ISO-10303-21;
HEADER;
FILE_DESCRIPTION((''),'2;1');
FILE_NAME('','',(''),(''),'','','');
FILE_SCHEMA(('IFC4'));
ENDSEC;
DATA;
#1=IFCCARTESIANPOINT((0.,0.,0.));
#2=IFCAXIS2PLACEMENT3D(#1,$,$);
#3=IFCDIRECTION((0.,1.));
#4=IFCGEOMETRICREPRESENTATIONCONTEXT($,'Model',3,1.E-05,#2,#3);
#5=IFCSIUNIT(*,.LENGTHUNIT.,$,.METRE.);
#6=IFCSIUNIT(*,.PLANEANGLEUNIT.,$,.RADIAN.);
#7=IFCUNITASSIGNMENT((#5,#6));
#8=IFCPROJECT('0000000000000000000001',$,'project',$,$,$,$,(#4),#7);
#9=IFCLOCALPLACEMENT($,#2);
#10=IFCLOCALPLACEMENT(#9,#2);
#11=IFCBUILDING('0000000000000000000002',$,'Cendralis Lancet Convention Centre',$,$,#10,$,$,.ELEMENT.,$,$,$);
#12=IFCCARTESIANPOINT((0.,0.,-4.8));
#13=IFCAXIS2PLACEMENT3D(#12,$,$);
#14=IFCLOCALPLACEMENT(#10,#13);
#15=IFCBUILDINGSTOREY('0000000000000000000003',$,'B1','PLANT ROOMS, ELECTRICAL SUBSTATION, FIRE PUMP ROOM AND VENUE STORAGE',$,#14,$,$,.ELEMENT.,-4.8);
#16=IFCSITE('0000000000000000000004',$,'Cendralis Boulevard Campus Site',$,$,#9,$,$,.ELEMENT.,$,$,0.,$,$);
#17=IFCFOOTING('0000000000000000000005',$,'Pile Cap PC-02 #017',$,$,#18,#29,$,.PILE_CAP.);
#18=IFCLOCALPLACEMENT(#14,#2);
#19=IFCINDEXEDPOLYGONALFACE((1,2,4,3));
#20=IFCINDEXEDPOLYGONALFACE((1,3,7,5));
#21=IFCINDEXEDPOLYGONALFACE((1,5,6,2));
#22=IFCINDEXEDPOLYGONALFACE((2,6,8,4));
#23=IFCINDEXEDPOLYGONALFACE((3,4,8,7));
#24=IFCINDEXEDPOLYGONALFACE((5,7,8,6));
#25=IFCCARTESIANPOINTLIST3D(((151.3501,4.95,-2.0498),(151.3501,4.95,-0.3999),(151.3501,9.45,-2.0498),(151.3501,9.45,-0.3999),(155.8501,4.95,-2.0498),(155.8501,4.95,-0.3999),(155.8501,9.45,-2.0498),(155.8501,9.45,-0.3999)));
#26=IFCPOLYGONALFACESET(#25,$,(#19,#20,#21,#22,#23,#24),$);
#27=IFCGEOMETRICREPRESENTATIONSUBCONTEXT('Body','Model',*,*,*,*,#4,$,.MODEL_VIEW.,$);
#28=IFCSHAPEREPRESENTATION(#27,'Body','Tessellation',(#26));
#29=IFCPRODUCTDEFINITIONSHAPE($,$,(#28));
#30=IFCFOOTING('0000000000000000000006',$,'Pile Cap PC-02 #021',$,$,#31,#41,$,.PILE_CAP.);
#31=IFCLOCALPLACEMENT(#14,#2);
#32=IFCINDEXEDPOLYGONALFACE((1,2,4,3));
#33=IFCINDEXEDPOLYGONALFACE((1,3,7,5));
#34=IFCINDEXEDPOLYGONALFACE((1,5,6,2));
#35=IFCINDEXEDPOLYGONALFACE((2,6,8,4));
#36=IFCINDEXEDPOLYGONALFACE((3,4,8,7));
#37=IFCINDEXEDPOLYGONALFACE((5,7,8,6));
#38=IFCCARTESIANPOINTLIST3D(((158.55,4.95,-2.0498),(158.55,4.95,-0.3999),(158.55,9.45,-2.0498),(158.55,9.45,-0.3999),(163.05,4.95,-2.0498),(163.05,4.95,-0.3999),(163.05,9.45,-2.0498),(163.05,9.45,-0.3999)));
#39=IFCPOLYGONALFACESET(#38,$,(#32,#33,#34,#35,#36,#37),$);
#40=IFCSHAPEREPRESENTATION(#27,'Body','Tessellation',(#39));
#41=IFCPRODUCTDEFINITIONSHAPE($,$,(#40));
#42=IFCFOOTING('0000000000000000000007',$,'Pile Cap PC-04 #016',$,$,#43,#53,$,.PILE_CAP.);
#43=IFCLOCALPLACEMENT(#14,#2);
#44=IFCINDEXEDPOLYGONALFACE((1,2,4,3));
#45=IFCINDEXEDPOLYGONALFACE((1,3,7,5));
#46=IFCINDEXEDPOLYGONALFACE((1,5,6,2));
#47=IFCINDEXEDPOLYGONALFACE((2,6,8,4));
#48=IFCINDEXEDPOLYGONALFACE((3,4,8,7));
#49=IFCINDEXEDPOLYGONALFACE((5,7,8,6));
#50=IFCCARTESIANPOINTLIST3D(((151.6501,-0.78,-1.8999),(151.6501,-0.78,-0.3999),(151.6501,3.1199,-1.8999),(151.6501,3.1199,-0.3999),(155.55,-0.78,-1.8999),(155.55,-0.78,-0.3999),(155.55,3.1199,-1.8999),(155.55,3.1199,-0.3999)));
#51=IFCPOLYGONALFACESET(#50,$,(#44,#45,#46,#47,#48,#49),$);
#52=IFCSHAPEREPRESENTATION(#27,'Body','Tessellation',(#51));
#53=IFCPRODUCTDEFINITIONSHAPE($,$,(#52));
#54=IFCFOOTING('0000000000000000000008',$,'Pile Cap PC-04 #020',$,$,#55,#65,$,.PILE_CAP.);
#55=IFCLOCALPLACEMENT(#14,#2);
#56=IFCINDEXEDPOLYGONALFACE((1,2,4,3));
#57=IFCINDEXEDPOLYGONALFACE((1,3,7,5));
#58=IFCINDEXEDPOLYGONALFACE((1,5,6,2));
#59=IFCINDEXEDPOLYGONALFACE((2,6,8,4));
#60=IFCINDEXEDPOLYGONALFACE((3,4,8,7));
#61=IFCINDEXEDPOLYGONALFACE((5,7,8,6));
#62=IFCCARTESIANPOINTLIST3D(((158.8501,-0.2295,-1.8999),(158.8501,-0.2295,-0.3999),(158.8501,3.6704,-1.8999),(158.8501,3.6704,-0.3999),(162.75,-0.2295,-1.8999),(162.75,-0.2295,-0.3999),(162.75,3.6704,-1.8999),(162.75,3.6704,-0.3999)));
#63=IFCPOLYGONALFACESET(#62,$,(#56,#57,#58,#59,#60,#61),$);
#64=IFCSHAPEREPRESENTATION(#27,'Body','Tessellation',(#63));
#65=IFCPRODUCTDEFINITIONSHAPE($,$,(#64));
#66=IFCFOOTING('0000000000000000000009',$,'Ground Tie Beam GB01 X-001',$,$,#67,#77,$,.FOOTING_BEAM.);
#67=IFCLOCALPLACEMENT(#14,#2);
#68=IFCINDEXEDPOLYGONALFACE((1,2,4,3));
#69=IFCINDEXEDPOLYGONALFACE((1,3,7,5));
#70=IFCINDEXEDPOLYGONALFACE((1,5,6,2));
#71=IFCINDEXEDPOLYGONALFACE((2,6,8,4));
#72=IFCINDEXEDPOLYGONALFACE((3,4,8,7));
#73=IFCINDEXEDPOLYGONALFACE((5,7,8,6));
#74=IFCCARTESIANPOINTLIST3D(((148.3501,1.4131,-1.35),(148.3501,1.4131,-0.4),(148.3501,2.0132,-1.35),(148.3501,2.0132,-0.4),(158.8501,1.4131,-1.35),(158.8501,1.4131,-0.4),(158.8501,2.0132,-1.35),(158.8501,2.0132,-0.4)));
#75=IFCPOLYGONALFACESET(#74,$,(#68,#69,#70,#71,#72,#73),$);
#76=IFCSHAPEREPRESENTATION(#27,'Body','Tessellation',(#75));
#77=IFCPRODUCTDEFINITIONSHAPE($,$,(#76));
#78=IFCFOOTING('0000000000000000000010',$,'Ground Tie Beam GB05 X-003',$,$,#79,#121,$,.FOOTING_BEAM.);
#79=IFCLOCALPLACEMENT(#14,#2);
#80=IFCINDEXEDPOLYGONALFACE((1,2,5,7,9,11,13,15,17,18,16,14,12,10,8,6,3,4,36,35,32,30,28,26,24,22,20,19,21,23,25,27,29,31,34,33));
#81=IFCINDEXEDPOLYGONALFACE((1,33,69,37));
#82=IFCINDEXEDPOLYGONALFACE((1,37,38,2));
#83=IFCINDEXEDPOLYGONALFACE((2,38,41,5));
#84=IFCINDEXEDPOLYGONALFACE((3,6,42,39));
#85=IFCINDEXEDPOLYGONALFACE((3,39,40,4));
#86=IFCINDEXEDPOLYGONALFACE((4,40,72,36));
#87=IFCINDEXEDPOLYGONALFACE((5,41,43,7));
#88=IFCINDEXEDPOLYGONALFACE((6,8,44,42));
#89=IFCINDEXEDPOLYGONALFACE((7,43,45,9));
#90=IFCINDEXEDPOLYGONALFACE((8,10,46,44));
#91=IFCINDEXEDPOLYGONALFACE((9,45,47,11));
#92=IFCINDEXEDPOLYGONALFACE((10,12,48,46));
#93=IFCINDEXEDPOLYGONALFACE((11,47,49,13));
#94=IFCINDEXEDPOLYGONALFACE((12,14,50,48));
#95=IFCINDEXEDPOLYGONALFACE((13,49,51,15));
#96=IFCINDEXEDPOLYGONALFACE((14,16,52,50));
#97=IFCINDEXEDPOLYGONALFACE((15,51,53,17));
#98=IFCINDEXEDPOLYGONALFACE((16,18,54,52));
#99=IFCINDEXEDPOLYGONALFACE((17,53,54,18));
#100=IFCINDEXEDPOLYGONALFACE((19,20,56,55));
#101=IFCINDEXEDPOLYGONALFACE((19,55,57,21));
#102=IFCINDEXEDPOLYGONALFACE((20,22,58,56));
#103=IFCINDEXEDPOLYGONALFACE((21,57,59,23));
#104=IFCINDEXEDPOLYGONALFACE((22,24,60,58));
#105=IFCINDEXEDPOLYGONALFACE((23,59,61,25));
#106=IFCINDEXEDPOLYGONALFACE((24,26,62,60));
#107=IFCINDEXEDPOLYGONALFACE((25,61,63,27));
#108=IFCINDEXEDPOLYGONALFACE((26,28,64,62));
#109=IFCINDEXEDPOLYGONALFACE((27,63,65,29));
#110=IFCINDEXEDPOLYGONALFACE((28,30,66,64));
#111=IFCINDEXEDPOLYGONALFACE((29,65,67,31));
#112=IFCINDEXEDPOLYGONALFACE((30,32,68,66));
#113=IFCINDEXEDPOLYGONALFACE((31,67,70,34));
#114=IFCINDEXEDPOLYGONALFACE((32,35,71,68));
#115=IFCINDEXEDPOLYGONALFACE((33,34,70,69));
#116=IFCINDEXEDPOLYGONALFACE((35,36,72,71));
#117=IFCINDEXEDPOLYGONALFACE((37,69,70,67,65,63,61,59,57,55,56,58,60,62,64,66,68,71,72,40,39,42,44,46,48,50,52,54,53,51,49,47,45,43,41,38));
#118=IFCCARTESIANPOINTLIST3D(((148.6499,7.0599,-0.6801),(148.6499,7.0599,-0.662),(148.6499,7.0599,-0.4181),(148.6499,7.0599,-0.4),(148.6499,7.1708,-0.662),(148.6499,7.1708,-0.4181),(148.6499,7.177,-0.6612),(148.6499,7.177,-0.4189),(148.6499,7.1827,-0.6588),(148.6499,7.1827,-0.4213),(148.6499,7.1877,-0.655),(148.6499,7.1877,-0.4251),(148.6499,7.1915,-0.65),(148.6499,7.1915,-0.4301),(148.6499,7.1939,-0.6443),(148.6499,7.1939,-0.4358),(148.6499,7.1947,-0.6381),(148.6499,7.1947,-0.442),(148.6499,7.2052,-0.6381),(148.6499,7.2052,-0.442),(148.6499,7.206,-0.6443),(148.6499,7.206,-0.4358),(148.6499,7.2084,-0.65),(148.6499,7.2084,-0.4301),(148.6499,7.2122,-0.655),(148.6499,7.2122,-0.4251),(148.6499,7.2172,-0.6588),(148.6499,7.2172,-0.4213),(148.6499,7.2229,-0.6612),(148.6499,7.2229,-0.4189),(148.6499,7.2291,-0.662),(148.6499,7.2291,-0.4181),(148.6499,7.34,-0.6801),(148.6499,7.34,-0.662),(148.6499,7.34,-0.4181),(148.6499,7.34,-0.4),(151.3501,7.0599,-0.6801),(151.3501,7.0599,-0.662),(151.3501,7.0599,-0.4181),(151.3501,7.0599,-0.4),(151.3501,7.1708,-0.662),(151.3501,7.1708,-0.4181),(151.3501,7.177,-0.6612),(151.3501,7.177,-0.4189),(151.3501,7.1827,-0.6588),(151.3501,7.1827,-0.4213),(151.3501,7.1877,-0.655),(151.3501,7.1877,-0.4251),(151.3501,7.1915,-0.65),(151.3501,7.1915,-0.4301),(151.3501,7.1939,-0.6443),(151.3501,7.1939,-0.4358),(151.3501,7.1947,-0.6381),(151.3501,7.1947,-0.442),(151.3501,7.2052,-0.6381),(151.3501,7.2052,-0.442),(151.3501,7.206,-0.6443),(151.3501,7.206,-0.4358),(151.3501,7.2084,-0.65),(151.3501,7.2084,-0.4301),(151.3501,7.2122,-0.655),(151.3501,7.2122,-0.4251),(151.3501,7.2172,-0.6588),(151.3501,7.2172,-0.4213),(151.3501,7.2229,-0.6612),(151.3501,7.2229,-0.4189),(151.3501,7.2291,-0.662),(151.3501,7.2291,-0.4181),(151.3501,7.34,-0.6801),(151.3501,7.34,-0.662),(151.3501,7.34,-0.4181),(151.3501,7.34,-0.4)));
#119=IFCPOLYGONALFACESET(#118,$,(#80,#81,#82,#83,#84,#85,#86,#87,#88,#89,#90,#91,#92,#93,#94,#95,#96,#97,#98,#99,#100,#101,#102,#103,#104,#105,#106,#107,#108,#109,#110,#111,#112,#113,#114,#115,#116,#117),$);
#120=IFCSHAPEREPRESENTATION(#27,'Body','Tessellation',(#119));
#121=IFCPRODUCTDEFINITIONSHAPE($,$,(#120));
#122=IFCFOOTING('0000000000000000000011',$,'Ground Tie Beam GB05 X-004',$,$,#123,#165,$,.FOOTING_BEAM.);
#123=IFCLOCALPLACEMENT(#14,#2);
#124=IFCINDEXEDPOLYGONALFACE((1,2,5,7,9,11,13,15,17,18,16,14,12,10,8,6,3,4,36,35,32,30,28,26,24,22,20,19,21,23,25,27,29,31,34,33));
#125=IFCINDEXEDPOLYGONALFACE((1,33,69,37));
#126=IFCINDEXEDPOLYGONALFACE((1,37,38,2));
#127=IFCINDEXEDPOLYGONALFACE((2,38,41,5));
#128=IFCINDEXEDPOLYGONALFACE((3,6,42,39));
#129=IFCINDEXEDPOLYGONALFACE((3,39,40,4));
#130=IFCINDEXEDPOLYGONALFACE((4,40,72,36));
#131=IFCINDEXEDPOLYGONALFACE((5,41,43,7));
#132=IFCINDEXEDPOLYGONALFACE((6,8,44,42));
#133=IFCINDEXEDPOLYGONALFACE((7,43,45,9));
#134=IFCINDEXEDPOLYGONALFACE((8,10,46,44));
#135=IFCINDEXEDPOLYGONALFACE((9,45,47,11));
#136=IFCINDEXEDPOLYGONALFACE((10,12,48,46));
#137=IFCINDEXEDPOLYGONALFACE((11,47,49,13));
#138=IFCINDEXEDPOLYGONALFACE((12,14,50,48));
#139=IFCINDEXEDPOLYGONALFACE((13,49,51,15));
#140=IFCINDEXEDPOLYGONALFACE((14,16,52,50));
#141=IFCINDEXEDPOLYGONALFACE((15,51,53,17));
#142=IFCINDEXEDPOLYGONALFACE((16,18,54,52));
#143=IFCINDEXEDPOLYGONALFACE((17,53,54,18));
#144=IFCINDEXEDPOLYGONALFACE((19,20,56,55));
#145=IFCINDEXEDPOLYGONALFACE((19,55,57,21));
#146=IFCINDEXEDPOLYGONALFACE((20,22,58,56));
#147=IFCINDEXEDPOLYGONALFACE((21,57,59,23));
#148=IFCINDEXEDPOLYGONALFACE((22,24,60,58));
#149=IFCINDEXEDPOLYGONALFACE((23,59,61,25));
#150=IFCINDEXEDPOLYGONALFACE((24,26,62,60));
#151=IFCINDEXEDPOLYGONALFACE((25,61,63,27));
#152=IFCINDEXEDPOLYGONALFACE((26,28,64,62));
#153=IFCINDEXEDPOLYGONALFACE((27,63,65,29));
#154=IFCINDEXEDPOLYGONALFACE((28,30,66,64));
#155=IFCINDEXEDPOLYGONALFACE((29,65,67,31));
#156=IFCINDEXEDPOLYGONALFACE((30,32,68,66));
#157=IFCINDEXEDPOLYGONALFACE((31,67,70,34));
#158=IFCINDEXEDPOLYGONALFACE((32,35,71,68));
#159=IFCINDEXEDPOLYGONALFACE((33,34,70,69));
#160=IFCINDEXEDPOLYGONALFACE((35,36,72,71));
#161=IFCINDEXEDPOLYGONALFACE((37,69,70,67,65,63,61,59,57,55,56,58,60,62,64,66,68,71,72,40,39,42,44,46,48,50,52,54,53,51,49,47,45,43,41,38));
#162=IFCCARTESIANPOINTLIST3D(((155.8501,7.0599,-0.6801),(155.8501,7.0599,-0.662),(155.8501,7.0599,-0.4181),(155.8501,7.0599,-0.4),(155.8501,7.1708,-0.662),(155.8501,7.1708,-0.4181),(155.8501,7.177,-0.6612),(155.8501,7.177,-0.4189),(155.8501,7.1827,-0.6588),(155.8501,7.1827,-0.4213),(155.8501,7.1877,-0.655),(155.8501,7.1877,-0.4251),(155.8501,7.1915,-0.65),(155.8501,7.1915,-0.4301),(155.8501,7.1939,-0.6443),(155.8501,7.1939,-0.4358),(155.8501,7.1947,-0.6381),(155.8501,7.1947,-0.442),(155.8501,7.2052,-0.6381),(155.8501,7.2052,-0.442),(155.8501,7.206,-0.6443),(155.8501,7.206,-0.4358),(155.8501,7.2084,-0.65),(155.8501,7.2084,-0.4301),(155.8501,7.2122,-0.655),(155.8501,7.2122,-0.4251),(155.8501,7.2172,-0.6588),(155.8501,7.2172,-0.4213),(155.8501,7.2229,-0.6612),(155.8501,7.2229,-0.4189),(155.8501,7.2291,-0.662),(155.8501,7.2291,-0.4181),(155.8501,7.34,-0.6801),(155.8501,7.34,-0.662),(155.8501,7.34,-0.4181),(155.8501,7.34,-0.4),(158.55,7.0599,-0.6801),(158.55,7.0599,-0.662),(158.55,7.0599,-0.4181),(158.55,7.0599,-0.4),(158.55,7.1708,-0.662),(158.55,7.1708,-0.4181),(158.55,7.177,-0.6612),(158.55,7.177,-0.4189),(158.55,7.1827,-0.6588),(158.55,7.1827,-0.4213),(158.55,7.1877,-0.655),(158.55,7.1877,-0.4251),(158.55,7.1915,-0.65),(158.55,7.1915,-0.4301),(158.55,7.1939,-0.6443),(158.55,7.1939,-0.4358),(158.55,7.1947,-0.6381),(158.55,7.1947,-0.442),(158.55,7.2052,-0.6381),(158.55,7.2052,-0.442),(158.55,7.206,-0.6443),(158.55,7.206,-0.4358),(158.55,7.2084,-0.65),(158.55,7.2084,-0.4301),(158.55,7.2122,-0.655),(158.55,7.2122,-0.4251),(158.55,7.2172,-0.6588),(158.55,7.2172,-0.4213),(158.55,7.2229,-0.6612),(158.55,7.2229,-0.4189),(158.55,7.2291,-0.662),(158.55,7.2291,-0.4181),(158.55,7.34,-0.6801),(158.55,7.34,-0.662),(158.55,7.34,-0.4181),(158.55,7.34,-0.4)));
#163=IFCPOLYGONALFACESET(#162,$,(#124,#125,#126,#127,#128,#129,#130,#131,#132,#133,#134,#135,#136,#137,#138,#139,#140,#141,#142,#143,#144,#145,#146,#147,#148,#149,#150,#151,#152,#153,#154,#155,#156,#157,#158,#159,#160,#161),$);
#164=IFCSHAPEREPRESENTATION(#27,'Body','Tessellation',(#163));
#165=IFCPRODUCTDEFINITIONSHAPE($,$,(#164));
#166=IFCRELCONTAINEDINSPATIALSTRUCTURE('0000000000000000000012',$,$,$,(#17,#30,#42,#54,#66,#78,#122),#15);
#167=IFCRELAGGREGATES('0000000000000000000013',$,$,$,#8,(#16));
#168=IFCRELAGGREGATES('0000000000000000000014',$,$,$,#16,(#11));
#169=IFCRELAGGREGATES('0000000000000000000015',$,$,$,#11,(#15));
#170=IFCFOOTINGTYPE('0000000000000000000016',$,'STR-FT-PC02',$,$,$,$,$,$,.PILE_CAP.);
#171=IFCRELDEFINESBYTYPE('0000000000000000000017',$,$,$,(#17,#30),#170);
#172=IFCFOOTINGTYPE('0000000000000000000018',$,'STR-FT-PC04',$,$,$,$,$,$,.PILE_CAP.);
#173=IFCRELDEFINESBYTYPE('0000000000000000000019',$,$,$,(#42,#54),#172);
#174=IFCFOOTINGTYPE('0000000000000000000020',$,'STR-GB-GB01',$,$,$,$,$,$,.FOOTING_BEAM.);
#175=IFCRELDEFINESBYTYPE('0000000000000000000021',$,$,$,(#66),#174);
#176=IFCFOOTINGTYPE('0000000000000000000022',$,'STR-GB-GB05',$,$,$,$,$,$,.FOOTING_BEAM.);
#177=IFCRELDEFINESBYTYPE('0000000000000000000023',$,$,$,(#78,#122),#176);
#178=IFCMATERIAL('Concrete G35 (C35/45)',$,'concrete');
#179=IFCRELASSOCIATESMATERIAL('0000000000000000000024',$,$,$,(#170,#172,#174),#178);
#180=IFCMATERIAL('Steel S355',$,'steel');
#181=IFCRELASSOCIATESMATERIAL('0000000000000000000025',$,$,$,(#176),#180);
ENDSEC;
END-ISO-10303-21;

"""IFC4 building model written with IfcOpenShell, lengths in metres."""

from ifc_helpers import new_model, si_unit, direction, frame, origin, origin_2d, place, context, subcontext, project, spatial, rectangle, i_section, extrude, material, material_profile, profile_set, type_object, element, save


model = new_model("IFC4")

# Units and contexts
model_context = context("Model", 3, precision=1e-05, world=origin(), true_north=direction((0.0, 1.0)))
body_context = subcontext(model_context, "Body", "Model", "MODEL_VIEW")
ifc_project = project(units=[si_unit("LENGTHUNIT", "METRE"), si_unit("PLANEANGLEUNIT", "RADIAN")], contexts=[model_context])

# Site, building, storey
site_placement = place(None, origin())
site = spatial("IfcSite", under=ifc_project, at=site_placement, Name="Cendralis Boulevard Campus Site", CompositionType="ELEMENT", RefElevation=0.0)
building_placement = place(site_placement, origin())
building = spatial("IfcBuilding", under=site, at=building_placement, Name="Cendralis Lancet Convention Centre", CompositionType="ELEMENT")
storey_placement = place(building_placement, frame((0.0, 0.0, -4.8)))
storey = spatial("IfcBuildingStorey", under=building, at=storey_placement, Name="B1", Description="PLANT ROOMS, ELECTRICAL SUBSTATION, FIRE PUMP ROOM AND VENUE STORAGE", CompositionType="ELEMENT", Elevation=-4.8)

# Footings
ifc_material_1 = material(Name="Concrete G35 (C35/45)", Category="concrete")
footing_type_1 = type_object("IfcFootingType", Name="STR-FT-PC02", PredefinedType="PILE_CAP", material=ifc_material_1)
for number, where, z_axis, x_axis, name in (
    (1, (153.6001, 7.2, -2.0498), (0.0, 0.0, 1.0), (1.0, 0.0, 0.0), "Pile Cap PC-02 #017"),
    (2, (160.8, 7.2, -2.0498), (0.0, 0.0, 1.0), (1.0, 0.0, 0.0), "Pile Cap PC-02 #021"),
):
    element("IfcFooting", number, at=place(storey_placement, frame(where, z_axis=z_axis, x_axis=x_axis)), inside=storey, type_object=footing_type_1, Name=name, PredefinedType="PILE_CAP", context=body_context, shape_type="SweptSolid", body=[
        extrude(rectangle(XDim=4.5, YDim=4.5, at=origin_2d()), origin(), (0.0, 0.0, 1.0), 1.6499),
    ])
footing_type_2 = type_object("IfcFootingType", Name="STR-FT-PC04", PredefinedType="PILE_CAP", material=ifc_material_1)
for number, where, z_axis, x_axis, name in (
    (3, (153.6001, 1.1699, -1.8999), (0.0, 0.0, 1.0), (1.0, 0.0, 0.0), "Pile Cap PC-04 #016"),
    (4, (160.8, 1.7205, -1.8999), (0.0, 0.0, 1.0), (1.0, 0.0, 0.0), "Pile Cap PC-04 #020"),
):
    element("IfcFooting", number, at=place(storey_placement, frame(where, z_axis=z_axis, x_axis=x_axis)), inside=storey, type_object=footing_type_2, Name=name, PredefinedType="PILE_CAP", context=body_context, shape_type="SweptSolid", body=[
        extrude(rectangle(XDim=3.8999, YDim=3.8999, at=origin_2d()), origin(), (0.0, 0.0, 1.0), 1.5),
    ])
ifc_material_profile_1 = material_profile(ifc_material_1, rectangle(XDim=0.6001, YDim=0.95, at=origin_2d()), Name="RCB 600x950")
ifc_profile_set_1 = profile_set([ifc_material_profile_1], Name="Concrete G35 (C35/45)")
footing_type_3 = type_object("IfcFootingType", Name="STR-GB-GB01", PredefinedType="FOOTING_BEAM", material=ifc_profile_set_1)
footing_1_placement = place(storey_placement, frame((148.3501, 1.7131, -0.875), z_axis=(1.0, 0.0, 0.0), x_axis=(0.0, 1.0, 0.0)))
element("IfcFooting", 5, at=footing_1_placement, inside=storey, type_object=footing_type_3, Name="Ground Tie Beam GB01 X-001", PredefinedType="FOOTING_BEAM", context=body_context, shape_type="SweptSolid", body=[
    extrude(rectangle(XDim=0.6001, YDim=0.95, at=origin_2d()), origin(), (0.0, 0.0, 1.0), 10.5),
])
ifc_material_2 = material(Name="Steel S355", Category="steel")
ifc_material_profile_2 = material_profile(ifc_material_2, i_section(OverallWidth=0.28, OverallDepth=0.28, WebThickness=0.0105, FlangeThickness=0.0181, FilletRadius=0.0239, at=origin_2d()), Name="HEB 280")
ifc_profile_set_2 = profile_set([ifc_material_profile_2], Name="Steel S355")
footing_type_4 = type_object("IfcFootingType", Name="STR-GB-GB05", PredefinedType="FOOTING_BEAM", material=ifc_profile_set_2)
footing_2_placement = place(storey_placement, frame((148.6499, 7.2, -0.54), z_axis=(1.0, 0.0, 0.0), x_axis=(0.0, 1.0, 0.0)))
element("IfcFooting", 6, at=footing_2_placement, inside=storey, type_object=footing_type_4, Name="Ground Tie Beam GB05 X-003", PredefinedType="FOOTING_BEAM", context=body_context, shape_type="SweptSolid", body=[
    extrude(i_section(OverallWidth=0.28, OverallDepth=0.28, WebThickness=0.0105, FlangeThickness=0.0181, FilletRadius=0.0239, at=origin_2d()), origin(), (0.0, 0.0, 1.0), 2.7002),
])
footing_3_placement = place(storey_placement, frame((155.8501, 7.2, -0.54), z_axis=(1.0, 0.0, 0.0), x_axis=(0.0, 1.0, 0.0)))
element("IfcFooting", 7, at=footing_3_placement, inside=storey, type_object=footing_type_4, Name="Ground Tie Beam GB05 X-004", PredefinedType="FOOTING_BEAM", context=body_context, shape_type="SweptSolid", body=[
    extrude(i_section(OverallWidth=0.28, OverallDepth=0.28, WebThickness=0.0105, FlangeThickness=0.0181, FilletRadius=0.0239, at=origin_2d()), origin(), (0.0, 0.0, 1.0), 2.7),
])

save(model, "model.ifc")
